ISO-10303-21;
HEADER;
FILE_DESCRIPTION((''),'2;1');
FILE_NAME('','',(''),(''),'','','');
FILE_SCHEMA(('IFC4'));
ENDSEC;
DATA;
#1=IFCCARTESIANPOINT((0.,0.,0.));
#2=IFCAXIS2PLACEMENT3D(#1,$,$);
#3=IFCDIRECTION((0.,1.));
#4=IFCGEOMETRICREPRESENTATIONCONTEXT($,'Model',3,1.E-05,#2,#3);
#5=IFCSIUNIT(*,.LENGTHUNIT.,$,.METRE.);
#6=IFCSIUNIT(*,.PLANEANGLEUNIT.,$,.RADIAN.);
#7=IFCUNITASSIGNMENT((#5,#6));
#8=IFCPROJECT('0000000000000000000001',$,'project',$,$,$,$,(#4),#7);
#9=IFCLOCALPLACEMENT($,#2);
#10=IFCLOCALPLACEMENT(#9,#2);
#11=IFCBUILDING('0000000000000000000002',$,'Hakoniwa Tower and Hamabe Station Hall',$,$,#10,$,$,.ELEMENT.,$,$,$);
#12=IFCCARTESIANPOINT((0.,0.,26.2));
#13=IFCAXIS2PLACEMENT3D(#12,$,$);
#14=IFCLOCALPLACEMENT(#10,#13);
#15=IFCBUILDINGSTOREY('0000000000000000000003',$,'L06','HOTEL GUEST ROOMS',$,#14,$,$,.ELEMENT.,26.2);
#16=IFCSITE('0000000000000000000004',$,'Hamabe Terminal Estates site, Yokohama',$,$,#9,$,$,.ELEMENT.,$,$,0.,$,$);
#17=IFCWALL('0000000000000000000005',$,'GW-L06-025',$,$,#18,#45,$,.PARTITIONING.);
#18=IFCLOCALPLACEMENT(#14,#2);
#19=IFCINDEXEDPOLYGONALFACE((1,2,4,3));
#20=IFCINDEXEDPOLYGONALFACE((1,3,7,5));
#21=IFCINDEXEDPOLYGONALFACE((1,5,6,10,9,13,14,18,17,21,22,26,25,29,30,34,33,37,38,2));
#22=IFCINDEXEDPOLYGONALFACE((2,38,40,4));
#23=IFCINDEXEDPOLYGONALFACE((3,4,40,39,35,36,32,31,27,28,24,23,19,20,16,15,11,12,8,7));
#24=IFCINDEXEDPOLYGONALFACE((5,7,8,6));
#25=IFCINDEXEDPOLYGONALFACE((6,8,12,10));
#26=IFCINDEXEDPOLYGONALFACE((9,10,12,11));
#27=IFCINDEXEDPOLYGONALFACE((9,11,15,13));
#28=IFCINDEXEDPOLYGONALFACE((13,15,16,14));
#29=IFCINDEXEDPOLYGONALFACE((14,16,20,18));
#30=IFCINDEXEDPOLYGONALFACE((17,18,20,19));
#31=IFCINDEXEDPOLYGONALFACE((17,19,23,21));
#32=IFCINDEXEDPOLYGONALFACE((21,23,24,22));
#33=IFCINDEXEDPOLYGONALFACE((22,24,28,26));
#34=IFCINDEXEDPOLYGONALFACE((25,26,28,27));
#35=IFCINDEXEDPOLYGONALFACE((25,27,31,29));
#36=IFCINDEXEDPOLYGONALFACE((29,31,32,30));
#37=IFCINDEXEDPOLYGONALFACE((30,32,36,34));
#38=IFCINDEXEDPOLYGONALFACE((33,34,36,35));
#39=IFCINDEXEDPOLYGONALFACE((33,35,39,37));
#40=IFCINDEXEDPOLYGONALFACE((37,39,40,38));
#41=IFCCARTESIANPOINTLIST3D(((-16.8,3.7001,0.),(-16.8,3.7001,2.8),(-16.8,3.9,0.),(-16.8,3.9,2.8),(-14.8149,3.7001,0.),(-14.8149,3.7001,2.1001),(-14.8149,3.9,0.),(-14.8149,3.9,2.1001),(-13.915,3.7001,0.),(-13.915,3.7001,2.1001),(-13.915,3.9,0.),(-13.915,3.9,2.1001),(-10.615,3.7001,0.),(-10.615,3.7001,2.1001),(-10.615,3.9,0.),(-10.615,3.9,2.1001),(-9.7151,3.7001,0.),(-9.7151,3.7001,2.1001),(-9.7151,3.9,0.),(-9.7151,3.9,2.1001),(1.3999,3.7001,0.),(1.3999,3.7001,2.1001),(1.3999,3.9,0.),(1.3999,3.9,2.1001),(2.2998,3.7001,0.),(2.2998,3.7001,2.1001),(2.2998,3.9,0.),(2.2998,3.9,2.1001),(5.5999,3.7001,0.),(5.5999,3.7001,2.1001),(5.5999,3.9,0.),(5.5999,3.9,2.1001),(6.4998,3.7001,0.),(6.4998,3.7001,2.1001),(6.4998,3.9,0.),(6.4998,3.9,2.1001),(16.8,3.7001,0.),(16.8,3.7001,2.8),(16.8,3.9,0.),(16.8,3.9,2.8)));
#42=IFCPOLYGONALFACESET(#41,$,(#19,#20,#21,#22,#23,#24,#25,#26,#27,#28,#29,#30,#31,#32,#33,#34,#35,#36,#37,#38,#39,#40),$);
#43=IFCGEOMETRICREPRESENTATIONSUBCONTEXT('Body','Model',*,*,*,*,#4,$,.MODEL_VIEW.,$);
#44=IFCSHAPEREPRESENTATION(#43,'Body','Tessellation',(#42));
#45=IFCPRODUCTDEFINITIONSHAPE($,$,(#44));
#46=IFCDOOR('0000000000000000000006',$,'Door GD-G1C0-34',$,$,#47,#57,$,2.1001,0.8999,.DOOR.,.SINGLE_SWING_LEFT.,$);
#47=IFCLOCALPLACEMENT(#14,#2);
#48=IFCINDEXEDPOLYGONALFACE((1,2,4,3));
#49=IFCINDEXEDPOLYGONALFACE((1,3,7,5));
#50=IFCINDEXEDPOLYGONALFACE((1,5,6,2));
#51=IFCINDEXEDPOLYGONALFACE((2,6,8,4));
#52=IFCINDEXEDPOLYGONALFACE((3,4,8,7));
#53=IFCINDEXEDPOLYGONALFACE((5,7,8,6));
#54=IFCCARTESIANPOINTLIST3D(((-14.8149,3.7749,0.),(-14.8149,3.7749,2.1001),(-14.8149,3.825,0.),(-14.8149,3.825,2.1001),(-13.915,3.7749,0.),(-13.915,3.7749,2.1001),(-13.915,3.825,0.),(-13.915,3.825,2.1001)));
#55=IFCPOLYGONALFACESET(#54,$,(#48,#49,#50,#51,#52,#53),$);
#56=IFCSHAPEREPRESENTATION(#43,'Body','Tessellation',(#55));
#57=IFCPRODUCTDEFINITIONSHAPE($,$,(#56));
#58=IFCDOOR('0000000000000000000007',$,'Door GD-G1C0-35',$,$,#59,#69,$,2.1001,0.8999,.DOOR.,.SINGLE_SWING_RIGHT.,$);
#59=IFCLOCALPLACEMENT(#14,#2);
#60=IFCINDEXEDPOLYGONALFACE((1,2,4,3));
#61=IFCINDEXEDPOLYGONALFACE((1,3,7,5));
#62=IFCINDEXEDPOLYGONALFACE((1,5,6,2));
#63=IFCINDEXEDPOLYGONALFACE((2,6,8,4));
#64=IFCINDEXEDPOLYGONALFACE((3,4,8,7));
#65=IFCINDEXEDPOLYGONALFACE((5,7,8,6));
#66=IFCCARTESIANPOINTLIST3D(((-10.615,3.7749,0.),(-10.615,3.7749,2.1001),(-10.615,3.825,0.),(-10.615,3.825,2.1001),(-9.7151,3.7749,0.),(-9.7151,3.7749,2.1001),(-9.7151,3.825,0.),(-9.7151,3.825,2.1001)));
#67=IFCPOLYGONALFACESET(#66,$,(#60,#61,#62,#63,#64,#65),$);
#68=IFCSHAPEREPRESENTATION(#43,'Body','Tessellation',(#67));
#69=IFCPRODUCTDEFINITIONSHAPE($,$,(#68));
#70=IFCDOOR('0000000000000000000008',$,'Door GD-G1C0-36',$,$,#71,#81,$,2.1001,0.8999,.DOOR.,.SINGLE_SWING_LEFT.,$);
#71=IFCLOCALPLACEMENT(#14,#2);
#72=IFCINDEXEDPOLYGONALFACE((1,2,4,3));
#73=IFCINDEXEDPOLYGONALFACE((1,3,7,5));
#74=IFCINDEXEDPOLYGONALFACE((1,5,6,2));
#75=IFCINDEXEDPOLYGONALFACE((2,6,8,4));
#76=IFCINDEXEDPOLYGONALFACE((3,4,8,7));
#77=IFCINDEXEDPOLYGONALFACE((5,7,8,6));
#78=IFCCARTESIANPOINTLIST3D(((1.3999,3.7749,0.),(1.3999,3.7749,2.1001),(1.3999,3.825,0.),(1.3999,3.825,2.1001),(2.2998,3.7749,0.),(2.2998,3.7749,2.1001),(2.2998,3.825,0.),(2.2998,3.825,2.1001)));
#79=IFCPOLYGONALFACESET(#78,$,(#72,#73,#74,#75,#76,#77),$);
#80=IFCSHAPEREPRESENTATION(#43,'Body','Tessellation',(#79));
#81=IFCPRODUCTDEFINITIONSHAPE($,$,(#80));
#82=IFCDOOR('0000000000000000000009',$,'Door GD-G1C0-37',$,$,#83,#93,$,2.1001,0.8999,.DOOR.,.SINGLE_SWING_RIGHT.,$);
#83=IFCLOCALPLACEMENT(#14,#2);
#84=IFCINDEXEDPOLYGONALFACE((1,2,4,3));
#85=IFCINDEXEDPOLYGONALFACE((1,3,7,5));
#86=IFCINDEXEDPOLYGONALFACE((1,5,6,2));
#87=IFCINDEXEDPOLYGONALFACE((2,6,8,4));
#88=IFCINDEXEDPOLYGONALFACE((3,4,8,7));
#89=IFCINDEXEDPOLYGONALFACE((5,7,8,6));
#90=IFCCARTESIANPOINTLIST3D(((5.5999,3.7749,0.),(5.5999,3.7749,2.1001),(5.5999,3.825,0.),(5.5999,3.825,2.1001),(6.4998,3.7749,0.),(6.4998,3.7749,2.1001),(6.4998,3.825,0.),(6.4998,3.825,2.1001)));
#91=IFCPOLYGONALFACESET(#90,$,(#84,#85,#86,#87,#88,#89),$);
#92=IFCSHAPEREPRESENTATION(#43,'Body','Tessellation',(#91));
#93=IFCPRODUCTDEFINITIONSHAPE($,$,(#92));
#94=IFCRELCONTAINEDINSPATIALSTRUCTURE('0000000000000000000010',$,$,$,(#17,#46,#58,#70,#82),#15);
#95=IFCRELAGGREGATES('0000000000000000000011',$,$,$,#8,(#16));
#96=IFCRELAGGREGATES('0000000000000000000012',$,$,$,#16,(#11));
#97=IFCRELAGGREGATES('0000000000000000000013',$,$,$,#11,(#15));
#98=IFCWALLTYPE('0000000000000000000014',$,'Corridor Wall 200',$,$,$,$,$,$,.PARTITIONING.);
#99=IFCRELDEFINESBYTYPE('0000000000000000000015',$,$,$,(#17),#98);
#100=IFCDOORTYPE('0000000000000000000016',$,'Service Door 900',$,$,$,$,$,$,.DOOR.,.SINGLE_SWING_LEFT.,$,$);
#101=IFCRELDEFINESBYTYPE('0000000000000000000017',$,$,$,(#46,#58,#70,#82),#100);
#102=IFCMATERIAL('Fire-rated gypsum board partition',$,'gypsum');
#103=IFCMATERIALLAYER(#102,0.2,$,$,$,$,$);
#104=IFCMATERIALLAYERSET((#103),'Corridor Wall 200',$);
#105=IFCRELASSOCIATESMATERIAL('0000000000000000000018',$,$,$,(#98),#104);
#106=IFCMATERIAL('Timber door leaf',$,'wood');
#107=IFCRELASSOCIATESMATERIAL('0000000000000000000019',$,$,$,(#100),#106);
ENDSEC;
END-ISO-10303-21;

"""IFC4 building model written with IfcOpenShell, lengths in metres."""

from ifc_helpers import new_model, si_unit, direction, frame, frame_2d, origin, place, context, subcontext, project, spatial, rectangle, extrude, material, layer, layer_set, type_object, element, fill, save


model = new_model("IFC4")

# Units and contexts
model_context = context("Model", 3, precision=1e-05, world=origin(), true_north=direction((0.0, 1.0)))
body_context = subcontext(model_context, "Body", "Model", "MODEL_VIEW")
ifc_project = project(units=[si_unit("LENGTHUNIT", "METRE"), si_unit("PLANEANGLEUNIT", "RADIAN")], contexts=[model_context])

# Site, building, storey
site_placement = place(None, origin())
site = spatial("IfcSite", under=ifc_project, at=site_placement, Name="Hamabe Terminal Estates site, Yokohama", CompositionType="ELEMENT", RefElevation=0.0)
building_placement = place(site_placement, origin())
building = spatial("IfcBuilding", under=site, at=building_placement, Name="Hakoniwa Tower and Hamabe Station Hall", CompositionType="ELEMENT")
storey_placement = place(building_placement, frame((0.0, 0.0, 26.2)))
storey = spatial("IfcBuildingStorey", under=building, at=storey_placement, Name="L06", Description="HOTEL GUEST ROOMS", CompositionType="ELEMENT", Elevation=26.2)

# Wall, openings, doors
ifc_material_1 = material(Name="Fire-rated gypsum board partition", Category="gypsum")
ifc_layer_1 = layer(ifc_material_1, 0.2)
ifc_layer_set_1 = layer_set([ifc_layer_1], Name="Corridor Wall 200")
wall_type_1 = type_object("IfcWallType", Name="Corridor Wall 200", PredefinedType="PARTITIONING", material=ifc_layer_set_1)
wall_1_placement = place(storey_placement, frame((-16.8, 3.8, 0.0), z_axis=(0.0, 0.0, 1.0), x_axis=(1.0, 0.0, 0.0)))
wall_1 = element("IfcWall", 1, at=wall_1_placement, inside=storey, type_object=wall_type_1, Name="GW-L06-025", PredefinedType="PARTITIONING", context=body_context, shape_type="SweptSolid", body=[
    extrude(rectangle(XDim=33.6001, YDim=0.2, at=frame_2d((16.8, 0.0))), origin(), (0.0, 0.0, 1.0), 2.8),
])
opening_1_placement = place(wall_1_placement, frame((1.9851, 0.0, 0.0)))
opening_1 = element("IfcOpeningElement", 2, at=opening_1_placement, cuts=wall_1, PredefinedType="OPENING", context=body_context, shape_type="SweptSolid", body=[
    extrude(rectangle(XDim=0.8999, YDim=2.1001, at=frame_2d((0.45, 1.05))), frame((0.0, 0.1099, 0.0), z_axis=(0.0, -1.0, 0.0), x_axis=(1.0, 0.0, 0.0)), (0.0, 0.0, 1.0), 0.22),
])
opening_2_placement = place(wall_1_placement, frame((6.1851, 0.0, 0.0)))
opening_2 = element("IfcOpeningElement", 3, at=opening_2_placement, cuts=wall_1, PredefinedType="OPENING", context=body_context, shape_type="SweptSolid", body=[
    extrude(rectangle(XDim=0.8999, YDim=2.1001, at=frame_2d((0.45, 1.05))), frame((0.0, 0.1099, 0.0), z_axis=(0.0, -1.0, 0.0), x_axis=(1.0, 0.0, 0.0)), (0.0, 0.0, 1.0), 0.22),
])
opening_3_placement = place(wall_1_placement, frame((18.2, 0.0, 0.0)))
opening_3 = element("IfcOpeningElement", 4, at=opening_3_placement, cuts=wall_1, PredefinedType="OPENING", context=body_context, shape_type="SweptSolid", body=[
    extrude(rectangle(XDim=0.8999, YDim=2.1001, at=frame_2d((0.45, 1.05))), frame((0.0, 0.1099, 0.0), z_axis=(0.0, -1.0, 0.0), x_axis=(1.0, 0.0, 0.0)), (0.0, 0.0, 1.0), 0.22),
])
opening_4_placement = place(wall_1_placement, frame((22.3999, 0.0, 0.0)))
opening_4 = element("IfcOpeningElement", 5, at=opening_4_placement, cuts=wall_1, PredefinedType="OPENING", context=body_context, shape_type="SweptSolid", body=[
    extrude(rectangle(XDim=0.8999, YDim=2.1001, at=frame_2d((0.45, 1.05))), frame((0.0, 0.1099, 0.0), z_axis=(0.0, -1.0, 0.0), x_axis=(1.0, 0.0, 0.0)), (0.0, 0.0, 1.0), 0.22),
])
ifc_material_2 = material(Name="Timber door leaf", Category="wood")
door_type_1 = type_object("IfcDoorType", Name="Service Door 900", OperationType="SINGLE_SWING_LEFT", PredefinedType="DOOR", material=ifc_material_2)
door_1_placement = place(opening_1_placement, origin())
door_1 = element("IfcDoor", 6, at=door_1_placement, inside=storey, type_object=door_type_1, Name="Door GD-G1C0-34", OperationType="SINGLE_SWING_LEFT", OverallHeight=2.1001, OverallWidth=0.8999, PredefinedType="DOOR", context=body_context, shape_type="SweptSolid", body=[
    extrude(rectangle(XDim=0.8999, YDim=2.1001, at=frame_2d((0.45, 1.05))), frame((0.0, 0.0249, 0.0), z_axis=(0.0, -1.0, 0.0), x_axis=(1.0, 0.0, 0.0)), (0.0, 0.0, 1.0), 0.05),
])
fill(opening_1, door_1)
door_2_placement = place(opening_2_placement, origin())
door_2 = element("IfcDoor", 7, at=door_2_placement, inside=storey, type_object=door_type_1, Name="Door GD-G1C0-35", OperationType="SINGLE_SWING_RIGHT", OverallHeight=2.1001, OverallWidth=0.8999, PredefinedType="DOOR", context=body_context, shape_type="SweptSolid", body=[
    extrude(rectangle(XDim=0.8999, YDim=2.1001, at=frame_2d((0.45, 1.05))), frame((0.0, 0.0249, 0.0), z_axis=(0.0, -1.0, 0.0), x_axis=(1.0, 0.0, 0.0)), (0.0, 0.0, 1.0), 0.05),
])
fill(opening_2, door_2)
door_3_placement = place(opening_3_placement, origin())
door_3 = element("IfcDoor", 8, at=door_3_placement, inside=storey, type_object=door_type_1, Name="Door GD-G1C0-36", OperationType="SINGLE_SWING_LEFT", OverallHeight=2.1001, OverallWidth=0.8999, PredefinedType="DOOR", context=body_context, shape_type="SweptSolid", body=[
    extrude(rectangle(XDim=0.8999, YDim=2.1001, at=frame_2d((0.45, 1.05))), frame((0.0, 0.0249, 0.0), z_axis=(0.0, -1.0, 0.0), x_axis=(1.0, 0.0, 0.0)), (0.0, 0.0, 1.0), 0.05),
])
fill(opening_3, door_3)
door_4_placement = place(opening_4_placement, origin())
door_4 = element("IfcDoor", 9, at=door_4_placement, inside=storey, type_object=door_type_1, Name="Door GD-G1C0-37", OperationType="SINGLE_SWING_RIGHT", OverallHeight=2.1001, OverallWidth=0.8999, PredefinedType="DOOR", context=body_context, shape_type="SweptSolid", body=[
    extrude(rectangle(XDim=0.8999, YDim=2.1001, at=frame_2d((0.45, 1.05))), frame((0.0, 0.0249, 0.0), z_axis=(0.0, -1.0, 0.0), x_axis=(1.0, 0.0, 0.0)), (0.0, 0.0, 1.0), 0.05),
])
fill(opening_4, door_4)

save(model, "model.ifc")
